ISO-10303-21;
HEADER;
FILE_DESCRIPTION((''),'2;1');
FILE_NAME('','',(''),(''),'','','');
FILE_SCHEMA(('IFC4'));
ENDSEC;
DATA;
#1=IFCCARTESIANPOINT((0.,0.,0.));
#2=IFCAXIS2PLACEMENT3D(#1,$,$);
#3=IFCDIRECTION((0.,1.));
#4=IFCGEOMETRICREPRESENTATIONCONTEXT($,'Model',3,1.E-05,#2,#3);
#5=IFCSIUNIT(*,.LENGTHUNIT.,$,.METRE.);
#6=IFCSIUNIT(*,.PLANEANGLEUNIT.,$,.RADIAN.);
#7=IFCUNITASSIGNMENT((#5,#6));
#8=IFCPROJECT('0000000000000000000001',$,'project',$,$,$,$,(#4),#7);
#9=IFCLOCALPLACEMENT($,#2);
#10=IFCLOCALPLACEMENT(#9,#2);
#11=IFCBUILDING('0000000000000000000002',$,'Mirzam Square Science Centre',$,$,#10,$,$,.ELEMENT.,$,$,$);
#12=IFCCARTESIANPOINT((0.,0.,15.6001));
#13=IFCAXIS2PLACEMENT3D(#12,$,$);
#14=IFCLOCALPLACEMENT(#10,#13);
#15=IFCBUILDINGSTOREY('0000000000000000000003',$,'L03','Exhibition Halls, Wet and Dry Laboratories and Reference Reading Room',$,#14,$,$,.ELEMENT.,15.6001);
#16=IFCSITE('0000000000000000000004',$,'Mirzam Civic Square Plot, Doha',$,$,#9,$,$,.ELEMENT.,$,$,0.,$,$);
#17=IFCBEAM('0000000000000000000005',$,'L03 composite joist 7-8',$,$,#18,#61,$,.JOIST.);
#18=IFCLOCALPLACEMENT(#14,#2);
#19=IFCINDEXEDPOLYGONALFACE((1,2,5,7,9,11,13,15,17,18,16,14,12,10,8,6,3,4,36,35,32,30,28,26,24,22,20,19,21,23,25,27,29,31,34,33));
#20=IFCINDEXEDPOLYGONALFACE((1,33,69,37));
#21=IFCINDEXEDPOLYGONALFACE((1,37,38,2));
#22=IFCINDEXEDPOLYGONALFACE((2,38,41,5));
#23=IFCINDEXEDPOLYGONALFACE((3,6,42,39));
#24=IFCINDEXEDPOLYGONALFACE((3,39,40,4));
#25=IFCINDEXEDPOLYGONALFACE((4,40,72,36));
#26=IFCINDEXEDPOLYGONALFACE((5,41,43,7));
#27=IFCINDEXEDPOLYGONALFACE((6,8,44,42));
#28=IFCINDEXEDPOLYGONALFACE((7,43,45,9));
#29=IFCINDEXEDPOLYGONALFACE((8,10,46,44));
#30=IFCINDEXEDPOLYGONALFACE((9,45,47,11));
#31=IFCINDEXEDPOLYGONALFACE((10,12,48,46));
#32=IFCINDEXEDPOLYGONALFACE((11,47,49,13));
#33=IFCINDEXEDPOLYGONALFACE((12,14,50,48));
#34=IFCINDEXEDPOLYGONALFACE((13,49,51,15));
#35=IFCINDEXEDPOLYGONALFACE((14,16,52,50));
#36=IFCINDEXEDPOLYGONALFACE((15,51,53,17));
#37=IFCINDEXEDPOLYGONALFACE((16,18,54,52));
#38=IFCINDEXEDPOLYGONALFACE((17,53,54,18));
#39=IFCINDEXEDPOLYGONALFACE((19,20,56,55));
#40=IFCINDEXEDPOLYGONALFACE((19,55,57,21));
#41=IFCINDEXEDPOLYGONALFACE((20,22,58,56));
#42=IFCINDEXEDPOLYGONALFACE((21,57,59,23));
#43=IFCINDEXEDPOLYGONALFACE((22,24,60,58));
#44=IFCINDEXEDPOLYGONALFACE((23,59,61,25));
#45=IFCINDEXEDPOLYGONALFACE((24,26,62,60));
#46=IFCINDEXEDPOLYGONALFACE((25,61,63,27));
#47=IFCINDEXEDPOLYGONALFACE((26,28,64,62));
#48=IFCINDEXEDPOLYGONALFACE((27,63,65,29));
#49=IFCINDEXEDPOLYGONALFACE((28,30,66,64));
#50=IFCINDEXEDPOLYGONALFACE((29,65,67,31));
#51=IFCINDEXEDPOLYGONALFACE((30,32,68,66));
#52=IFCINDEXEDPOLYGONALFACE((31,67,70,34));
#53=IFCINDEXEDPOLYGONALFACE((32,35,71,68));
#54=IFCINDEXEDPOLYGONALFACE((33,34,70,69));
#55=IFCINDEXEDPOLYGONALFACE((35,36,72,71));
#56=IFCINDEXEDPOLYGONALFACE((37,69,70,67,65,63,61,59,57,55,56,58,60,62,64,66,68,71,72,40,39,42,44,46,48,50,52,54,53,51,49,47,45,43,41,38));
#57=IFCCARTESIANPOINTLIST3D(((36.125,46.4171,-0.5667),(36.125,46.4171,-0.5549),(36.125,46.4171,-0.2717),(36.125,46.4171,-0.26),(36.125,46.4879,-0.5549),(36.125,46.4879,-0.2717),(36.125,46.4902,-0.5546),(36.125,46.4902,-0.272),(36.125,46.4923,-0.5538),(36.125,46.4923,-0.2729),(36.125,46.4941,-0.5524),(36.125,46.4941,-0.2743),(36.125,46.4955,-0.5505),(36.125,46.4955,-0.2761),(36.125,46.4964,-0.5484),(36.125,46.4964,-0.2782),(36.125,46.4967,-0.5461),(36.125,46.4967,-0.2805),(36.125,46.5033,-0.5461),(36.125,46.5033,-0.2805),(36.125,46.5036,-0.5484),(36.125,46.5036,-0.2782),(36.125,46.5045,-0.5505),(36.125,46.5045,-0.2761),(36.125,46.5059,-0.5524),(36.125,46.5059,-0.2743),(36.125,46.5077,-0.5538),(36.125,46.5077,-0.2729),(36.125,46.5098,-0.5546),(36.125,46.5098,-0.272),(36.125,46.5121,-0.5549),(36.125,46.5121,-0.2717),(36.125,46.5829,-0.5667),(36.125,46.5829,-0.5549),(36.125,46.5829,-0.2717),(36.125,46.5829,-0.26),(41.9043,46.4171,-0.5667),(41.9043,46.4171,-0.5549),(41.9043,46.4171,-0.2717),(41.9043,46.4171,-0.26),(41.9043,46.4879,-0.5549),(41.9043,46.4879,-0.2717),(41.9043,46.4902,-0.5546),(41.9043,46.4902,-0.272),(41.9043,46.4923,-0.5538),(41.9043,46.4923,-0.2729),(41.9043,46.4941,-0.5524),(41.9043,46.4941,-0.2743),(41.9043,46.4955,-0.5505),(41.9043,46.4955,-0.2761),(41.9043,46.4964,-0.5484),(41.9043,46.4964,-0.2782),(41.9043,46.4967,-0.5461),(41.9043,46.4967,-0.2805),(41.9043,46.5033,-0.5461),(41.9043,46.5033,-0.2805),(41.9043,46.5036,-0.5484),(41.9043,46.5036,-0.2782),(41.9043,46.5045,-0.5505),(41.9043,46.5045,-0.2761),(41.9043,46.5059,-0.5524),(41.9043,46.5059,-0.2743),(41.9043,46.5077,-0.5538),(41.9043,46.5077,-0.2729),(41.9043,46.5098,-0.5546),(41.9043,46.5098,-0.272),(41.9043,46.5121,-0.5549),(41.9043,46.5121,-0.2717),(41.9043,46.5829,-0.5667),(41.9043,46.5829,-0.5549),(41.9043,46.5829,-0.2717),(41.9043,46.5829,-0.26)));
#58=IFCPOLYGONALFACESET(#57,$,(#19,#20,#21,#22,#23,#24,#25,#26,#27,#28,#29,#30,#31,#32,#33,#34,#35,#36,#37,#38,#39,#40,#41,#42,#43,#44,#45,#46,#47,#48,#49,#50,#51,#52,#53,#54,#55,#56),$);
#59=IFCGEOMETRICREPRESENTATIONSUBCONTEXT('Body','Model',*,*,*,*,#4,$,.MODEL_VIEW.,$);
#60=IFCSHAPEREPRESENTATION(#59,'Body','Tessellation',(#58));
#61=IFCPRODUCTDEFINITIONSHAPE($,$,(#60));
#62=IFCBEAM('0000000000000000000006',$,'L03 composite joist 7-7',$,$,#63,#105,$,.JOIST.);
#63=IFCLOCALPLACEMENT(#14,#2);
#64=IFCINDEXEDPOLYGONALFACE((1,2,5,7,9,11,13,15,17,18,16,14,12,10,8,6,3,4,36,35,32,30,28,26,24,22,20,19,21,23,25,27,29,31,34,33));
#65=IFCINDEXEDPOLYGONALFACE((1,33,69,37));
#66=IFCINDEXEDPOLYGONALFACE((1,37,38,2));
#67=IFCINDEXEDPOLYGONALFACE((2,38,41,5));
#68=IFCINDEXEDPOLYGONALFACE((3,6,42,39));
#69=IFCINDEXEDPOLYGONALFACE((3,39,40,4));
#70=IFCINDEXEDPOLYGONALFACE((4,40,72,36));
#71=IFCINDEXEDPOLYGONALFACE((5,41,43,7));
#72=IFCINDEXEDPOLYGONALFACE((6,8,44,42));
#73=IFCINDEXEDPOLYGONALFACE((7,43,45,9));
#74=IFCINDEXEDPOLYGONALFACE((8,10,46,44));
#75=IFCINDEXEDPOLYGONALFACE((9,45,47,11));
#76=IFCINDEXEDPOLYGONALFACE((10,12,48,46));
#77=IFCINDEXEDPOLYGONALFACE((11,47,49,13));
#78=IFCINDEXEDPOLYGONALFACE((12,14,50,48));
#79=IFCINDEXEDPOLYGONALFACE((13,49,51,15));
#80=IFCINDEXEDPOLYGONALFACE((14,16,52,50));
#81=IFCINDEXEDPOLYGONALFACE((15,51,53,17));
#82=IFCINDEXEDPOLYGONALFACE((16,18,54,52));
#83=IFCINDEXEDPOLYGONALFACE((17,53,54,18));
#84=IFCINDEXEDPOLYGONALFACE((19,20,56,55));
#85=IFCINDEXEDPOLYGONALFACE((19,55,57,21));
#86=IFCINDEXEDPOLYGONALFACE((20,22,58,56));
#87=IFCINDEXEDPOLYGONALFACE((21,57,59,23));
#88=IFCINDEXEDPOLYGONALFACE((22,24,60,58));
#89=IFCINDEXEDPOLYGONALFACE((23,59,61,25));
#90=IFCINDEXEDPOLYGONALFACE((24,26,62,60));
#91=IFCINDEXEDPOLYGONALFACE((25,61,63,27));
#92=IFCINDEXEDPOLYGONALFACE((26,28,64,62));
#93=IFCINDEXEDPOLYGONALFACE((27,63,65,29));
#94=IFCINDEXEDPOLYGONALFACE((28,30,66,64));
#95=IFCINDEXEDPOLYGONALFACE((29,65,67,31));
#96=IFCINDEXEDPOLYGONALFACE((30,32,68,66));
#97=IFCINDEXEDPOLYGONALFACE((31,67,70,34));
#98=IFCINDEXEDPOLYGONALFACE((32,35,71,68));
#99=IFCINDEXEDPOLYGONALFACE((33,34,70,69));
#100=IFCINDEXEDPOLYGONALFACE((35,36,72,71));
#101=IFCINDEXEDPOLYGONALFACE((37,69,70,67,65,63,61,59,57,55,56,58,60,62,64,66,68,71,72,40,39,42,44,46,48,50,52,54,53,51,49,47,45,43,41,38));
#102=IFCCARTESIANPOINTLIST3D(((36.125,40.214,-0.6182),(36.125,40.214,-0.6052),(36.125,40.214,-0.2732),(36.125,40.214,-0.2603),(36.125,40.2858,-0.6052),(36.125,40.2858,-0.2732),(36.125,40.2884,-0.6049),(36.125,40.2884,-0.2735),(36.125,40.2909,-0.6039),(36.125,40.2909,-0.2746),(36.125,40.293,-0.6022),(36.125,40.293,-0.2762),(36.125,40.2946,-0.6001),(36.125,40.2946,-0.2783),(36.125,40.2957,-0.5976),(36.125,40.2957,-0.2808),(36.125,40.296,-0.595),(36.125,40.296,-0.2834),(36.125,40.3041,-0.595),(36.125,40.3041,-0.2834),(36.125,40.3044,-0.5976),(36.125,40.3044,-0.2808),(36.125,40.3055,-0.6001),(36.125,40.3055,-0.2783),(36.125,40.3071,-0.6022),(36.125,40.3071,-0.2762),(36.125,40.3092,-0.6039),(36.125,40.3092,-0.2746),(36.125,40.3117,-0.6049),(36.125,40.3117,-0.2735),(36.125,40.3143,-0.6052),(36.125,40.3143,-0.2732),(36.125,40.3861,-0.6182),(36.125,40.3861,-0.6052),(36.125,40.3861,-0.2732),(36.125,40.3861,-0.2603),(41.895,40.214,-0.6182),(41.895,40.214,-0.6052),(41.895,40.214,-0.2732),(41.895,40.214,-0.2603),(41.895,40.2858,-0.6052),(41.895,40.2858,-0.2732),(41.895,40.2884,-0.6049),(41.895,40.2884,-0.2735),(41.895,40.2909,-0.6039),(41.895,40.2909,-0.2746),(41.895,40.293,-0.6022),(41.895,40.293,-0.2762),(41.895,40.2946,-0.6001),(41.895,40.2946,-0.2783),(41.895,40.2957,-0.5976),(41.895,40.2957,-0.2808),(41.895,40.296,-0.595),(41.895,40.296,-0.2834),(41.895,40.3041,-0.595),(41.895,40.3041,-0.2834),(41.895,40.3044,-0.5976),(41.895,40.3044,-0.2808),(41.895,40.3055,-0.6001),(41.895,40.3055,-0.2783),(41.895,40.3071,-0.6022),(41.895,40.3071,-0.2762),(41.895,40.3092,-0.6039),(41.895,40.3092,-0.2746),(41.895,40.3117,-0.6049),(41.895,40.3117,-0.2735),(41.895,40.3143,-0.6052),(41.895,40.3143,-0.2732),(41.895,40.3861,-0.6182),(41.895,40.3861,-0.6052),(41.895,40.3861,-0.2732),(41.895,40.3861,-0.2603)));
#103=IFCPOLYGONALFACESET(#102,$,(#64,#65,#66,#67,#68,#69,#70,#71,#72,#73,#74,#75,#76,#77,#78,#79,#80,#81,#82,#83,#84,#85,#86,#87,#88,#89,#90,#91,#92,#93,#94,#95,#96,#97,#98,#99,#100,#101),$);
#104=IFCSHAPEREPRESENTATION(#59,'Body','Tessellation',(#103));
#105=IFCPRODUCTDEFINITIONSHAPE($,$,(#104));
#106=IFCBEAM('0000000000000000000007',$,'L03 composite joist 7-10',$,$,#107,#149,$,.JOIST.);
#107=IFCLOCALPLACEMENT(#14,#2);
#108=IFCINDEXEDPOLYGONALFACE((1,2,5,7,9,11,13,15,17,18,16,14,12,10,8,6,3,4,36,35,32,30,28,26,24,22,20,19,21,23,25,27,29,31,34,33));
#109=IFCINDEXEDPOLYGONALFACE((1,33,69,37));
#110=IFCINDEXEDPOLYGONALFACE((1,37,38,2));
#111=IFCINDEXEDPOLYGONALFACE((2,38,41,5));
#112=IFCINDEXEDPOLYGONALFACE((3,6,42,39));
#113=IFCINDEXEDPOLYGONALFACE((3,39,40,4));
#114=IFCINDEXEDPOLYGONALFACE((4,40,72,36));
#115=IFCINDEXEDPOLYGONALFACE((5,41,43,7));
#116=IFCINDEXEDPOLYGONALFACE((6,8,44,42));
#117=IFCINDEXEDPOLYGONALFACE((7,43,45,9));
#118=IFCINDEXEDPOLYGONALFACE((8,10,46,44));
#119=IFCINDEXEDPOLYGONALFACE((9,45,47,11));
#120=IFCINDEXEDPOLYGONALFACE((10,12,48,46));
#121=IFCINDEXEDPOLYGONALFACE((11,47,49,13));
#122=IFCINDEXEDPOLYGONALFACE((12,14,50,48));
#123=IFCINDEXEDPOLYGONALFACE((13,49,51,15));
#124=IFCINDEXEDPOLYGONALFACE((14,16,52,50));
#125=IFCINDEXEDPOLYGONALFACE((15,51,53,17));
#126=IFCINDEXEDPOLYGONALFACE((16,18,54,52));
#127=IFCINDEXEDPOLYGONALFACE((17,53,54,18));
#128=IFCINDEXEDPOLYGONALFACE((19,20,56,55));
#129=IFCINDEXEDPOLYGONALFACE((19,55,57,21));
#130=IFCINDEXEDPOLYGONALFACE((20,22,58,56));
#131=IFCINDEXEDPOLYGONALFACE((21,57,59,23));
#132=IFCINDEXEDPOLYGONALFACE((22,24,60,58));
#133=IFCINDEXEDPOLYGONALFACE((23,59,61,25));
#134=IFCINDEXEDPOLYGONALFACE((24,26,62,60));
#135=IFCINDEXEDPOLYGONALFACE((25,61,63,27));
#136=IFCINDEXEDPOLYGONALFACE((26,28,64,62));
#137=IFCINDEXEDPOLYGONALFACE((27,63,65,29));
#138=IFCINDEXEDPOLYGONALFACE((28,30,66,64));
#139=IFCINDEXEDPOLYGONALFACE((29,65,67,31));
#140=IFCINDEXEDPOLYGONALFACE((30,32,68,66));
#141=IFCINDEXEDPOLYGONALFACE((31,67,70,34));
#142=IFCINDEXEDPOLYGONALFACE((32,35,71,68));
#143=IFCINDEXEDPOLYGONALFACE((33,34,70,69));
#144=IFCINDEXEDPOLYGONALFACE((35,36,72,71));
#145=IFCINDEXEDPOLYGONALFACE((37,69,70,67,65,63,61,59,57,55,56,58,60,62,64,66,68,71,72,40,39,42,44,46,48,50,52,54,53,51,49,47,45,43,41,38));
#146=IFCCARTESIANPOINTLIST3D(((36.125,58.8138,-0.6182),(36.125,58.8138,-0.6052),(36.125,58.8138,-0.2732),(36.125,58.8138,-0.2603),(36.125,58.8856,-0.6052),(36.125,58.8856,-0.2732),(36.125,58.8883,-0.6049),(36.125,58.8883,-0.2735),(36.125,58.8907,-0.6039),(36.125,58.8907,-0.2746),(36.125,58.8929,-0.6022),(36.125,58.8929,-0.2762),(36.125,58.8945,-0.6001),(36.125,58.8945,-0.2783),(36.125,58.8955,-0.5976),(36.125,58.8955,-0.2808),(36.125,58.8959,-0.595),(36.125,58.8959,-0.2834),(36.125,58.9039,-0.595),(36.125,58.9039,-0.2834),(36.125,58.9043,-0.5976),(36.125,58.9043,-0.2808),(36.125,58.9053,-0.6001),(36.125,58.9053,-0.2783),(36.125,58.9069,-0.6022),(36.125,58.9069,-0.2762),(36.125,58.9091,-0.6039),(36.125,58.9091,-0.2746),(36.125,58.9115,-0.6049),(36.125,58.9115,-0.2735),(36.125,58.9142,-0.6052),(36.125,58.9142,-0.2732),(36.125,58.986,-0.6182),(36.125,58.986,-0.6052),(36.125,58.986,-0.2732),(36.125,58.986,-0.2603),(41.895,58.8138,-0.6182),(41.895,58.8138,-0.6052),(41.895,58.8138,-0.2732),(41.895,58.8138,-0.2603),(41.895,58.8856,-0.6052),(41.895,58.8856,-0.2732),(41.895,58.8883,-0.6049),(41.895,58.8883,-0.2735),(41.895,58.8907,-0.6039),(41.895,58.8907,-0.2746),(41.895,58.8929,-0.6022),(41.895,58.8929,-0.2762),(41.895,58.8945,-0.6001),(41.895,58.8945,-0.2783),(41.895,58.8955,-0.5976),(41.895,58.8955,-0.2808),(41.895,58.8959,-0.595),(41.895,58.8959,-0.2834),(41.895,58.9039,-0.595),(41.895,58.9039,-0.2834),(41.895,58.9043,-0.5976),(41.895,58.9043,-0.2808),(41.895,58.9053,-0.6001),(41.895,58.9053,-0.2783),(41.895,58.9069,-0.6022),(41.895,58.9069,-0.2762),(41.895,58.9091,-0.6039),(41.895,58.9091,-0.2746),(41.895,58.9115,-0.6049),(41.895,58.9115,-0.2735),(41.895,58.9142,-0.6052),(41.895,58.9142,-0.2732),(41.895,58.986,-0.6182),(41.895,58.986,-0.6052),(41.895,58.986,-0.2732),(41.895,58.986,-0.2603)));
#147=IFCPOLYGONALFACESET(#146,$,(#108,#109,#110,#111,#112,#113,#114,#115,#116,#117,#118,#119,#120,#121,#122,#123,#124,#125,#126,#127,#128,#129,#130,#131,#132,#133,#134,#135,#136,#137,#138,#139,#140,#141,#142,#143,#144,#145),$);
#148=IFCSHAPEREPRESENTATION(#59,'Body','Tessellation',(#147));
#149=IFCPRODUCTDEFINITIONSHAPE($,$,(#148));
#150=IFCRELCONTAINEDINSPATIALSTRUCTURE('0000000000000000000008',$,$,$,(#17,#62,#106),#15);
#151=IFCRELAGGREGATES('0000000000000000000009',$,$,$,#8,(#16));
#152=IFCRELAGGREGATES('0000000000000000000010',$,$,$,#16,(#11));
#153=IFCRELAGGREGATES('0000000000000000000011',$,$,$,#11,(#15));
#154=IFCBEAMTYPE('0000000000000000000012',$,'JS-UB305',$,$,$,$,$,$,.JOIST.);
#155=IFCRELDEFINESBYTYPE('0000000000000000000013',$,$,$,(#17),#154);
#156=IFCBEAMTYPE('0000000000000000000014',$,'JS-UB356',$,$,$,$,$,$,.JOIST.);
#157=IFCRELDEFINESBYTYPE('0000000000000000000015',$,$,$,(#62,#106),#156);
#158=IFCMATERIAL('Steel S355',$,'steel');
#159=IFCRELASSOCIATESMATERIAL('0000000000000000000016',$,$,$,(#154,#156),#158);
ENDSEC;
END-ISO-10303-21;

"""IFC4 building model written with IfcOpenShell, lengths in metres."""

from ifc_helpers import new_model, si_unit, direction, frame, origin, origin_2d, place, context, subcontext, project, spatial, i_section, extrude, material, material_profile, profile_set, type_object, element, save


model = new_model("IFC4")

# Units and contexts
model_context = context("Model", 3, precision=1e-05, world=origin(), true_north=direction((0.0, 1.0)))
body_context = subcontext(model_context, "Body", "Model", "MODEL_VIEW")
ifc_project = project(units=[si_unit("LENGTHUNIT", "METRE"), si_unit("PLANEANGLEUNIT", "RADIAN")], contexts=[model_context])

# Site, building, storey
site_placement = place(None, origin())
site = spatial("IfcSite", under=ifc_project, at=site_placement, Name="Mirzam Civic Square Plot, Doha", CompositionType="ELEMENT", RefElevation=0.0)
building_placement = place(site_placement, origin())
building = spatial("IfcBuilding", under=site, at=building_placement, Name="Mirzam Square Science Centre", CompositionType="ELEMENT")
storey_placement = place(building_placement, frame((0.0, 0.0, 15.6001)))
storey = spatial("IfcBuildingStorey", under=building, at=storey_placement, Name="L03", Description="Exhibition Halls, Wet and Dry Laboratories and Reference Reading Room", CompositionType="ELEMENT", Elevation=15.6001)

# Shared definitions
ifc_material_1 = material(Name="Steel S355", Category="steel")

# Beams
ifc_material_profile_1 = material_profile(ifc_material_1, i_section(OverallWidth=0.1658, OverallDepth=0.3066, WebThickness=0.0066, FlangeThickness=0.0117, FilletRadius=0.0088, at=origin_2d()), Name="305x165x46UB")
ifc_profile_set_1 = profile_set([ifc_material_profile_1], Name="Steel S355")
beam_type_1 = type_object("IfcBeamType", Name="JS-UB305", PredefinedType="JOIST", material=ifc_profile_set_1)
beam_1_placement = place(storey_placement, frame((36.125, 46.5, -0.4133), z_axis=(1.0, 0.0, 0.0), x_axis=(0.0, 1.0, 0.0)))
element("IfcBeam", 1, at=beam_1_placement, inside=storey, type_object=beam_type_1, Name="L03 composite joist 7-8", PredefinedType="JOIST", context=body_context, shape_type="SweptSolid", body=[
    extrude(i_section(OverallWidth=0.1658, OverallDepth=0.3066, WebThickness=0.0066, FlangeThickness=0.0117, FilletRadius=0.0088, at=origin_2d()), origin(), (0.0, 0.0, 1.0), 5.7793),
])
ifc_material_profile_2 = material_profile(ifc_material_1, i_section(OverallWidth=0.1721, OverallDepth=0.3579, WebThickness=0.0081, FlangeThickness=0.0129, FilletRadius=0.0103, at=origin_2d()), Name="356x171x57UB")
ifc_profile_set_2 = profile_set([ifc_material_profile_2], Name="Steel S355")
beam_type_2 = type_object("IfcBeamType", Name="JS-UB356", PredefinedType="JOIST", material=ifc_profile_set_2)
for number, where, z_axis, x_axis, name in (
    (2, (36.125, 40.3, -0.4392), (1.0, 0.0, 0.0), (0.0, 1.0, 0.0), "L03 composite joist 7-7"),
    (3, (36.125, 58.8999, -0.4392), (1.0, 0.0, 0.0), (0.0, 1.0, 0.0), "L03 composite joist 7-10"),
):
    element("IfcBeam", number, at=place(storey_placement, frame(where, z_axis=z_axis, x_axis=x_axis)), inside=storey, type_object=beam_type_2, Name=name, PredefinedType="JOIST", context=body_context, shape_type="SweptSolid", body=[
        extrude(i_section(OverallWidth=0.1721, OverallDepth=0.3579, WebThickness=0.0081, FlangeThickness=0.0129, FilletRadius=0.0103, at=origin_2d()), origin(), (0.0, 0.0, 1.0), 5.77),
    ])

save(model, "model.ifc")
